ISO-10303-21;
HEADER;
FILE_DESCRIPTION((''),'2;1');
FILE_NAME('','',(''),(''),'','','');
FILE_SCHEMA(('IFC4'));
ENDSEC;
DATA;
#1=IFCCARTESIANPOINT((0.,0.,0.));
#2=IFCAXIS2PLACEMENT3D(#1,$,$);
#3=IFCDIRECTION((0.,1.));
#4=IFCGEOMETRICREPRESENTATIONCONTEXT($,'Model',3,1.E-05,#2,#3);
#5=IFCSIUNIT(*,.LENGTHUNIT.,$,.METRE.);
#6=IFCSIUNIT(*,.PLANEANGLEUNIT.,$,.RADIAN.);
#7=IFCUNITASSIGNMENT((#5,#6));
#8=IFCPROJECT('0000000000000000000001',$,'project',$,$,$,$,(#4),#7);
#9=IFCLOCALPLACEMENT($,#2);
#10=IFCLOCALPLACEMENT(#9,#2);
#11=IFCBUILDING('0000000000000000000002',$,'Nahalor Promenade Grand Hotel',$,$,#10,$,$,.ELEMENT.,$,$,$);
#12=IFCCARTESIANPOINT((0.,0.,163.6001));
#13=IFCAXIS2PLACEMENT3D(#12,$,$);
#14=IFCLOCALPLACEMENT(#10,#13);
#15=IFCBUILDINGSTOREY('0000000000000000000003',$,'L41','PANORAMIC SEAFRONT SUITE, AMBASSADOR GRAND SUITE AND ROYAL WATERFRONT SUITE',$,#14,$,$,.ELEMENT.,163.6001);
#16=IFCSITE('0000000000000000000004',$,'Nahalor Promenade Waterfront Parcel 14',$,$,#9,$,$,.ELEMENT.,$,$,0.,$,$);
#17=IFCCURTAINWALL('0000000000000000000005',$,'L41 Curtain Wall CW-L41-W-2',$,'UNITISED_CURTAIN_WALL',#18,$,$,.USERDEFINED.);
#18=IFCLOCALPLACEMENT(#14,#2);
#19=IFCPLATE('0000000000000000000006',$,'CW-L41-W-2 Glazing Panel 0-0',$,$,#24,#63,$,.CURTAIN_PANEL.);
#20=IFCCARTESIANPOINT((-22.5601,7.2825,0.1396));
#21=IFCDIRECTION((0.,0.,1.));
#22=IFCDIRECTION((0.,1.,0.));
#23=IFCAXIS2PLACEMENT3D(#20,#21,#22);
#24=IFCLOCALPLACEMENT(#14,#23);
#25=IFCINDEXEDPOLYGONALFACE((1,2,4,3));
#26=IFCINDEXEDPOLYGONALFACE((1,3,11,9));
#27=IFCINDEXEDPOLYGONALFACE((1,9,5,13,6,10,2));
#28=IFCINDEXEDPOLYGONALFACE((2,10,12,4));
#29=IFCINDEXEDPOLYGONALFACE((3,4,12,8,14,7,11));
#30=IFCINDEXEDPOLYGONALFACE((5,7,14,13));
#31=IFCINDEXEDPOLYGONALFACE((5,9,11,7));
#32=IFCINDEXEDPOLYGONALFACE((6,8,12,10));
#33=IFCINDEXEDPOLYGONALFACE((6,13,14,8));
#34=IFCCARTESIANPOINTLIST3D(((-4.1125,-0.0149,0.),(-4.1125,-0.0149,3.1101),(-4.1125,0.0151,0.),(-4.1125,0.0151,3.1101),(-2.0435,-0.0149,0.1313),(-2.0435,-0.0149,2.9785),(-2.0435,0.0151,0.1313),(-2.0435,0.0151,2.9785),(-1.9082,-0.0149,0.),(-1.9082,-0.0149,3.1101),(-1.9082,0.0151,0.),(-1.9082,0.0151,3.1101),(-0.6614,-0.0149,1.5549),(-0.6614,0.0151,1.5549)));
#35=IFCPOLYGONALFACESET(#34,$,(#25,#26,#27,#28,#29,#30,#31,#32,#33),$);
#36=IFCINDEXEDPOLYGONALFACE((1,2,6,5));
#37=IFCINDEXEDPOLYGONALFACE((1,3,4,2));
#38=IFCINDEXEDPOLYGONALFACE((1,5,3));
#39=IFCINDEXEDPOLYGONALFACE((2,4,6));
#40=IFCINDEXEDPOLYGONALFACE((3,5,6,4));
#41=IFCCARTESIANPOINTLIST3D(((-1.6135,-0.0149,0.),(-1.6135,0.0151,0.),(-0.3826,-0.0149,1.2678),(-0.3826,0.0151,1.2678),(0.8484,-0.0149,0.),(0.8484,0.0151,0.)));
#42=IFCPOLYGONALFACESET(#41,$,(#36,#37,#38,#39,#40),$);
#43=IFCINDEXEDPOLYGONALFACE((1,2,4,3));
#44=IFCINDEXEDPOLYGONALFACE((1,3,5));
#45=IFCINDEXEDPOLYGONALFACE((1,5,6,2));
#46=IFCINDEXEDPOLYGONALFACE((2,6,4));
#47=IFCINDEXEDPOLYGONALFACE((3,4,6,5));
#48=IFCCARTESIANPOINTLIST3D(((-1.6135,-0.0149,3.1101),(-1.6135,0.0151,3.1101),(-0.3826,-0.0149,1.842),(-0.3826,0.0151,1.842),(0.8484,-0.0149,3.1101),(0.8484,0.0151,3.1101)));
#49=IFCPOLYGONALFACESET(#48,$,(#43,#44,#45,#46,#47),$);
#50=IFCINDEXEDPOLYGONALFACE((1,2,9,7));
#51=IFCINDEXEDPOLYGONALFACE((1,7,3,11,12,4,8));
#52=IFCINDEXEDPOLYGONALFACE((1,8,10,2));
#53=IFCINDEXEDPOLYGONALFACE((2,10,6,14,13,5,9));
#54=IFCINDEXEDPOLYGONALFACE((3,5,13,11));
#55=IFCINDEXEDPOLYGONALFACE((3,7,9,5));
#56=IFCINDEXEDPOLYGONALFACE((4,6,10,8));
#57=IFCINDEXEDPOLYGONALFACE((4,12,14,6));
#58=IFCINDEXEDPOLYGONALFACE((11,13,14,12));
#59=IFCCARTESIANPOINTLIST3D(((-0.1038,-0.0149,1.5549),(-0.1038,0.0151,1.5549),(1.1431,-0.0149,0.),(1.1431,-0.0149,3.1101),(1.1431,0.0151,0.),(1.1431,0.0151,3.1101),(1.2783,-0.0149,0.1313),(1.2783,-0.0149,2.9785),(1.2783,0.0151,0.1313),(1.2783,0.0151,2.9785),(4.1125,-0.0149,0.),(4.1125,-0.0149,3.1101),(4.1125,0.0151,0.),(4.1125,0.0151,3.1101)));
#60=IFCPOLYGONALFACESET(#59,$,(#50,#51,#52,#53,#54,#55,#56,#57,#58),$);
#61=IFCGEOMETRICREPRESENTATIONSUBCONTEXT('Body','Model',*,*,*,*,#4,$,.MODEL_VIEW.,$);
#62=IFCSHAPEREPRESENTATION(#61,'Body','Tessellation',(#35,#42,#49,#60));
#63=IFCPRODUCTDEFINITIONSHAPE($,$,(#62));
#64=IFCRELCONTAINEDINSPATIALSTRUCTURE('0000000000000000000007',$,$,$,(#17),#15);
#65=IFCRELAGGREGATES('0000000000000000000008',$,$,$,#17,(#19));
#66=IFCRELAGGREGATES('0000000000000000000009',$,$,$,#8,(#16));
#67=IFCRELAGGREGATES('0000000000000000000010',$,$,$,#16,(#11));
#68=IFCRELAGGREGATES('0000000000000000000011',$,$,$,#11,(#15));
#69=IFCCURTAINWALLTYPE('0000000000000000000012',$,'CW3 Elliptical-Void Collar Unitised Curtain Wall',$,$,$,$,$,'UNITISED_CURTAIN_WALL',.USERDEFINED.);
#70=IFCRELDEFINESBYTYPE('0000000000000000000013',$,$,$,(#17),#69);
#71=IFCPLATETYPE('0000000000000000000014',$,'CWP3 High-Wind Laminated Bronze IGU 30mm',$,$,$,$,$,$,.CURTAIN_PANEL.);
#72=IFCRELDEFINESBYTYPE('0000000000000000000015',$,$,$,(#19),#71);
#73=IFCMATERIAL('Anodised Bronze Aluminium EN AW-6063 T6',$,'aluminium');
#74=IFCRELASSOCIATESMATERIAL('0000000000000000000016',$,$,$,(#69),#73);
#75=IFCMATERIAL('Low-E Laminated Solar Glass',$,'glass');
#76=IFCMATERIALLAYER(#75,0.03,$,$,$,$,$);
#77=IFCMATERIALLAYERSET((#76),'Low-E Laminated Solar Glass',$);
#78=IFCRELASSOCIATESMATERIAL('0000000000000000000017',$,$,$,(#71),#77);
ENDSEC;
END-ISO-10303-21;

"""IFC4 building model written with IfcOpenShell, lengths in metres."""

from ifc_helpers import new_model, si_unit, direction, frame, origin, place, context, subcontext, project, spatial, polyline, outline, extrude, material, layer, layer_set, type_object, element, aggregate, save


model = new_model("IFC4")

# Units and contexts
model_context = context("Model", 3, precision=1e-05, world=origin(), true_north=direction((0.0, 1.0)))
body_context = subcontext(model_context, "Body", "Model", "MODEL_VIEW")
ifc_project = project(units=[si_unit("LENGTHUNIT", "METRE"), si_unit("PLANEANGLEUNIT", "RADIAN")], contexts=[model_context])

# Site, building, storey
site_placement = place(None, origin())
site = spatial("IfcSite", under=ifc_project, at=site_placement, Name="Nahalor Promenade Waterfront Parcel 14", CompositionType="ELEMENT", RefElevation=0.0)
building_placement = place(site_placement, origin())
building = spatial("IfcBuilding", under=site, at=building_placement, Name="Nahalor Promenade Grand Hotel", CompositionType="ELEMENT")
storey_placement = place(building_placement, frame((0.0, 0.0, 163.6001)))
storey = spatial("IfcBuildingStorey", under=building, at=storey_placement, Name="L41", Description="PANORAMIC SEAFRONT SUITE, AMBASSADOR GRAND SUITE AND ROYAL WATERFRONT SUITE", CompositionType="ELEMENT", Elevation=163.6001)

# Shared definitions
ifc_material_1 = material(Name="Anodised Bronze Aluminium EN AW-6063 T6", Category="aluminium")
curtain_wall_type = type_object("IfcCurtainWallType", Name="CW3 Elliptical-Void Collar Unitised Curtain Wall", ElementType="UNITISED_CURTAIN_WALL", PredefinedType="USERDEFINED", material=ifc_material_1)

# Curtain wall
curtain_wall_1_placement = place(storey_placement, origin())
curtain_wall_1 = element("IfcCurtainWall", 1, at=curtain_wall_1_placement, inside=storey, type_object=curtain_wall_type, Name="L41 Curtain Wall CW-L41-W-2", ObjectType="UNITISED_CURTAIN_WALL", PredefinedType="USERDEFINED")

# Plate
ifc_material_2 = material(Name="Low-E Laminated Solar Glass", Category="glass")
ifc_layer_1 = layer(ifc_material_2, 0.03)
ifc_layer_set_1 = layer_set([ifc_layer_1], Name="Low-E Laminated Solar Glass")
plate_type_1 = type_object("IfcPlateType", Name="CWP3 High-Wind Laminated Bronze IGU 30mm", PredefinedType="CURTAIN_PANEL", material=ifc_layer_set_1)
plate_1_placement = place(storey_placement, frame((-22.5601, 7.2825, 0.1396), z_axis=(0.0, 0.0, 1.0), x_axis=(0.0, 1.0, 0.0)))
plate_1 = element("IfcPlate", 2, at=plate_1_placement, type_object=plate_type_1, Name="CW-L41-W-2 Glazing Panel 0-0", PredefinedType="CURTAIN_PANEL", context=body_context, shape_type="SweptSolid", body=[
    extrude(outline(polyline([(-4.1125, 3.1101), (-4.1125, 0.0), (-1.9082, 0.0), (-2.0435, 0.1313), (-0.6614, 1.5549), (-2.0435, 2.9785), (-1.9082, 3.1101), (-4.1125, 3.1101)])), frame((0.0, 0.0151, 0.0), z_axis=(0.0, -1.0, 0.0), x_axis=(1.0, 0.0, 0.0)), (0.0, 0.0, 1.0), 0.03),
    extrude(outline(polyline([(-0.3826, 1.2678), (-1.6135, 0.0), (0.8484, 0.0), (-0.3826, 1.2678)])), frame((0.0, 0.0151, 0.0), z_axis=(0.0, -1.0, 0.0), x_axis=(1.0, 0.0, 0.0)), (0.0, 0.0, 1.0), 0.03),
    extrude(outline(polyline([(-0.3826, 1.842), (0.8484, 3.1101), (-1.6135, 3.1101), (-0.3826, 1.842)])), frame((0.0, 0.0151, 0.0), z_axis=(0.0, -1.0, 0.0), x_axis=(1.0, 0.0, 0.0)), (0.0, 0.0, 1.0), 0.03),
    extrude(outline(polyline([(4.1125, 0.0), (4.1125, 3.1101), (1.1431, 3.1101), (1.2783, 2.9785), (-0.1038, 1.5549), (1.2783, 0.1313), (1.1431, 0.0), (4.1125, 0.0)])), frame((0.0, 0.0151, 0.0), z_axis=(0.0, -1.0, 0.0), x_axis=(1.0, 0.0, 0.0)), (0.0, 0.0, 1.0), 0.03),
])
aggregate(curtain_wall_1, [plate_1])

save(model, "model.ifc")
